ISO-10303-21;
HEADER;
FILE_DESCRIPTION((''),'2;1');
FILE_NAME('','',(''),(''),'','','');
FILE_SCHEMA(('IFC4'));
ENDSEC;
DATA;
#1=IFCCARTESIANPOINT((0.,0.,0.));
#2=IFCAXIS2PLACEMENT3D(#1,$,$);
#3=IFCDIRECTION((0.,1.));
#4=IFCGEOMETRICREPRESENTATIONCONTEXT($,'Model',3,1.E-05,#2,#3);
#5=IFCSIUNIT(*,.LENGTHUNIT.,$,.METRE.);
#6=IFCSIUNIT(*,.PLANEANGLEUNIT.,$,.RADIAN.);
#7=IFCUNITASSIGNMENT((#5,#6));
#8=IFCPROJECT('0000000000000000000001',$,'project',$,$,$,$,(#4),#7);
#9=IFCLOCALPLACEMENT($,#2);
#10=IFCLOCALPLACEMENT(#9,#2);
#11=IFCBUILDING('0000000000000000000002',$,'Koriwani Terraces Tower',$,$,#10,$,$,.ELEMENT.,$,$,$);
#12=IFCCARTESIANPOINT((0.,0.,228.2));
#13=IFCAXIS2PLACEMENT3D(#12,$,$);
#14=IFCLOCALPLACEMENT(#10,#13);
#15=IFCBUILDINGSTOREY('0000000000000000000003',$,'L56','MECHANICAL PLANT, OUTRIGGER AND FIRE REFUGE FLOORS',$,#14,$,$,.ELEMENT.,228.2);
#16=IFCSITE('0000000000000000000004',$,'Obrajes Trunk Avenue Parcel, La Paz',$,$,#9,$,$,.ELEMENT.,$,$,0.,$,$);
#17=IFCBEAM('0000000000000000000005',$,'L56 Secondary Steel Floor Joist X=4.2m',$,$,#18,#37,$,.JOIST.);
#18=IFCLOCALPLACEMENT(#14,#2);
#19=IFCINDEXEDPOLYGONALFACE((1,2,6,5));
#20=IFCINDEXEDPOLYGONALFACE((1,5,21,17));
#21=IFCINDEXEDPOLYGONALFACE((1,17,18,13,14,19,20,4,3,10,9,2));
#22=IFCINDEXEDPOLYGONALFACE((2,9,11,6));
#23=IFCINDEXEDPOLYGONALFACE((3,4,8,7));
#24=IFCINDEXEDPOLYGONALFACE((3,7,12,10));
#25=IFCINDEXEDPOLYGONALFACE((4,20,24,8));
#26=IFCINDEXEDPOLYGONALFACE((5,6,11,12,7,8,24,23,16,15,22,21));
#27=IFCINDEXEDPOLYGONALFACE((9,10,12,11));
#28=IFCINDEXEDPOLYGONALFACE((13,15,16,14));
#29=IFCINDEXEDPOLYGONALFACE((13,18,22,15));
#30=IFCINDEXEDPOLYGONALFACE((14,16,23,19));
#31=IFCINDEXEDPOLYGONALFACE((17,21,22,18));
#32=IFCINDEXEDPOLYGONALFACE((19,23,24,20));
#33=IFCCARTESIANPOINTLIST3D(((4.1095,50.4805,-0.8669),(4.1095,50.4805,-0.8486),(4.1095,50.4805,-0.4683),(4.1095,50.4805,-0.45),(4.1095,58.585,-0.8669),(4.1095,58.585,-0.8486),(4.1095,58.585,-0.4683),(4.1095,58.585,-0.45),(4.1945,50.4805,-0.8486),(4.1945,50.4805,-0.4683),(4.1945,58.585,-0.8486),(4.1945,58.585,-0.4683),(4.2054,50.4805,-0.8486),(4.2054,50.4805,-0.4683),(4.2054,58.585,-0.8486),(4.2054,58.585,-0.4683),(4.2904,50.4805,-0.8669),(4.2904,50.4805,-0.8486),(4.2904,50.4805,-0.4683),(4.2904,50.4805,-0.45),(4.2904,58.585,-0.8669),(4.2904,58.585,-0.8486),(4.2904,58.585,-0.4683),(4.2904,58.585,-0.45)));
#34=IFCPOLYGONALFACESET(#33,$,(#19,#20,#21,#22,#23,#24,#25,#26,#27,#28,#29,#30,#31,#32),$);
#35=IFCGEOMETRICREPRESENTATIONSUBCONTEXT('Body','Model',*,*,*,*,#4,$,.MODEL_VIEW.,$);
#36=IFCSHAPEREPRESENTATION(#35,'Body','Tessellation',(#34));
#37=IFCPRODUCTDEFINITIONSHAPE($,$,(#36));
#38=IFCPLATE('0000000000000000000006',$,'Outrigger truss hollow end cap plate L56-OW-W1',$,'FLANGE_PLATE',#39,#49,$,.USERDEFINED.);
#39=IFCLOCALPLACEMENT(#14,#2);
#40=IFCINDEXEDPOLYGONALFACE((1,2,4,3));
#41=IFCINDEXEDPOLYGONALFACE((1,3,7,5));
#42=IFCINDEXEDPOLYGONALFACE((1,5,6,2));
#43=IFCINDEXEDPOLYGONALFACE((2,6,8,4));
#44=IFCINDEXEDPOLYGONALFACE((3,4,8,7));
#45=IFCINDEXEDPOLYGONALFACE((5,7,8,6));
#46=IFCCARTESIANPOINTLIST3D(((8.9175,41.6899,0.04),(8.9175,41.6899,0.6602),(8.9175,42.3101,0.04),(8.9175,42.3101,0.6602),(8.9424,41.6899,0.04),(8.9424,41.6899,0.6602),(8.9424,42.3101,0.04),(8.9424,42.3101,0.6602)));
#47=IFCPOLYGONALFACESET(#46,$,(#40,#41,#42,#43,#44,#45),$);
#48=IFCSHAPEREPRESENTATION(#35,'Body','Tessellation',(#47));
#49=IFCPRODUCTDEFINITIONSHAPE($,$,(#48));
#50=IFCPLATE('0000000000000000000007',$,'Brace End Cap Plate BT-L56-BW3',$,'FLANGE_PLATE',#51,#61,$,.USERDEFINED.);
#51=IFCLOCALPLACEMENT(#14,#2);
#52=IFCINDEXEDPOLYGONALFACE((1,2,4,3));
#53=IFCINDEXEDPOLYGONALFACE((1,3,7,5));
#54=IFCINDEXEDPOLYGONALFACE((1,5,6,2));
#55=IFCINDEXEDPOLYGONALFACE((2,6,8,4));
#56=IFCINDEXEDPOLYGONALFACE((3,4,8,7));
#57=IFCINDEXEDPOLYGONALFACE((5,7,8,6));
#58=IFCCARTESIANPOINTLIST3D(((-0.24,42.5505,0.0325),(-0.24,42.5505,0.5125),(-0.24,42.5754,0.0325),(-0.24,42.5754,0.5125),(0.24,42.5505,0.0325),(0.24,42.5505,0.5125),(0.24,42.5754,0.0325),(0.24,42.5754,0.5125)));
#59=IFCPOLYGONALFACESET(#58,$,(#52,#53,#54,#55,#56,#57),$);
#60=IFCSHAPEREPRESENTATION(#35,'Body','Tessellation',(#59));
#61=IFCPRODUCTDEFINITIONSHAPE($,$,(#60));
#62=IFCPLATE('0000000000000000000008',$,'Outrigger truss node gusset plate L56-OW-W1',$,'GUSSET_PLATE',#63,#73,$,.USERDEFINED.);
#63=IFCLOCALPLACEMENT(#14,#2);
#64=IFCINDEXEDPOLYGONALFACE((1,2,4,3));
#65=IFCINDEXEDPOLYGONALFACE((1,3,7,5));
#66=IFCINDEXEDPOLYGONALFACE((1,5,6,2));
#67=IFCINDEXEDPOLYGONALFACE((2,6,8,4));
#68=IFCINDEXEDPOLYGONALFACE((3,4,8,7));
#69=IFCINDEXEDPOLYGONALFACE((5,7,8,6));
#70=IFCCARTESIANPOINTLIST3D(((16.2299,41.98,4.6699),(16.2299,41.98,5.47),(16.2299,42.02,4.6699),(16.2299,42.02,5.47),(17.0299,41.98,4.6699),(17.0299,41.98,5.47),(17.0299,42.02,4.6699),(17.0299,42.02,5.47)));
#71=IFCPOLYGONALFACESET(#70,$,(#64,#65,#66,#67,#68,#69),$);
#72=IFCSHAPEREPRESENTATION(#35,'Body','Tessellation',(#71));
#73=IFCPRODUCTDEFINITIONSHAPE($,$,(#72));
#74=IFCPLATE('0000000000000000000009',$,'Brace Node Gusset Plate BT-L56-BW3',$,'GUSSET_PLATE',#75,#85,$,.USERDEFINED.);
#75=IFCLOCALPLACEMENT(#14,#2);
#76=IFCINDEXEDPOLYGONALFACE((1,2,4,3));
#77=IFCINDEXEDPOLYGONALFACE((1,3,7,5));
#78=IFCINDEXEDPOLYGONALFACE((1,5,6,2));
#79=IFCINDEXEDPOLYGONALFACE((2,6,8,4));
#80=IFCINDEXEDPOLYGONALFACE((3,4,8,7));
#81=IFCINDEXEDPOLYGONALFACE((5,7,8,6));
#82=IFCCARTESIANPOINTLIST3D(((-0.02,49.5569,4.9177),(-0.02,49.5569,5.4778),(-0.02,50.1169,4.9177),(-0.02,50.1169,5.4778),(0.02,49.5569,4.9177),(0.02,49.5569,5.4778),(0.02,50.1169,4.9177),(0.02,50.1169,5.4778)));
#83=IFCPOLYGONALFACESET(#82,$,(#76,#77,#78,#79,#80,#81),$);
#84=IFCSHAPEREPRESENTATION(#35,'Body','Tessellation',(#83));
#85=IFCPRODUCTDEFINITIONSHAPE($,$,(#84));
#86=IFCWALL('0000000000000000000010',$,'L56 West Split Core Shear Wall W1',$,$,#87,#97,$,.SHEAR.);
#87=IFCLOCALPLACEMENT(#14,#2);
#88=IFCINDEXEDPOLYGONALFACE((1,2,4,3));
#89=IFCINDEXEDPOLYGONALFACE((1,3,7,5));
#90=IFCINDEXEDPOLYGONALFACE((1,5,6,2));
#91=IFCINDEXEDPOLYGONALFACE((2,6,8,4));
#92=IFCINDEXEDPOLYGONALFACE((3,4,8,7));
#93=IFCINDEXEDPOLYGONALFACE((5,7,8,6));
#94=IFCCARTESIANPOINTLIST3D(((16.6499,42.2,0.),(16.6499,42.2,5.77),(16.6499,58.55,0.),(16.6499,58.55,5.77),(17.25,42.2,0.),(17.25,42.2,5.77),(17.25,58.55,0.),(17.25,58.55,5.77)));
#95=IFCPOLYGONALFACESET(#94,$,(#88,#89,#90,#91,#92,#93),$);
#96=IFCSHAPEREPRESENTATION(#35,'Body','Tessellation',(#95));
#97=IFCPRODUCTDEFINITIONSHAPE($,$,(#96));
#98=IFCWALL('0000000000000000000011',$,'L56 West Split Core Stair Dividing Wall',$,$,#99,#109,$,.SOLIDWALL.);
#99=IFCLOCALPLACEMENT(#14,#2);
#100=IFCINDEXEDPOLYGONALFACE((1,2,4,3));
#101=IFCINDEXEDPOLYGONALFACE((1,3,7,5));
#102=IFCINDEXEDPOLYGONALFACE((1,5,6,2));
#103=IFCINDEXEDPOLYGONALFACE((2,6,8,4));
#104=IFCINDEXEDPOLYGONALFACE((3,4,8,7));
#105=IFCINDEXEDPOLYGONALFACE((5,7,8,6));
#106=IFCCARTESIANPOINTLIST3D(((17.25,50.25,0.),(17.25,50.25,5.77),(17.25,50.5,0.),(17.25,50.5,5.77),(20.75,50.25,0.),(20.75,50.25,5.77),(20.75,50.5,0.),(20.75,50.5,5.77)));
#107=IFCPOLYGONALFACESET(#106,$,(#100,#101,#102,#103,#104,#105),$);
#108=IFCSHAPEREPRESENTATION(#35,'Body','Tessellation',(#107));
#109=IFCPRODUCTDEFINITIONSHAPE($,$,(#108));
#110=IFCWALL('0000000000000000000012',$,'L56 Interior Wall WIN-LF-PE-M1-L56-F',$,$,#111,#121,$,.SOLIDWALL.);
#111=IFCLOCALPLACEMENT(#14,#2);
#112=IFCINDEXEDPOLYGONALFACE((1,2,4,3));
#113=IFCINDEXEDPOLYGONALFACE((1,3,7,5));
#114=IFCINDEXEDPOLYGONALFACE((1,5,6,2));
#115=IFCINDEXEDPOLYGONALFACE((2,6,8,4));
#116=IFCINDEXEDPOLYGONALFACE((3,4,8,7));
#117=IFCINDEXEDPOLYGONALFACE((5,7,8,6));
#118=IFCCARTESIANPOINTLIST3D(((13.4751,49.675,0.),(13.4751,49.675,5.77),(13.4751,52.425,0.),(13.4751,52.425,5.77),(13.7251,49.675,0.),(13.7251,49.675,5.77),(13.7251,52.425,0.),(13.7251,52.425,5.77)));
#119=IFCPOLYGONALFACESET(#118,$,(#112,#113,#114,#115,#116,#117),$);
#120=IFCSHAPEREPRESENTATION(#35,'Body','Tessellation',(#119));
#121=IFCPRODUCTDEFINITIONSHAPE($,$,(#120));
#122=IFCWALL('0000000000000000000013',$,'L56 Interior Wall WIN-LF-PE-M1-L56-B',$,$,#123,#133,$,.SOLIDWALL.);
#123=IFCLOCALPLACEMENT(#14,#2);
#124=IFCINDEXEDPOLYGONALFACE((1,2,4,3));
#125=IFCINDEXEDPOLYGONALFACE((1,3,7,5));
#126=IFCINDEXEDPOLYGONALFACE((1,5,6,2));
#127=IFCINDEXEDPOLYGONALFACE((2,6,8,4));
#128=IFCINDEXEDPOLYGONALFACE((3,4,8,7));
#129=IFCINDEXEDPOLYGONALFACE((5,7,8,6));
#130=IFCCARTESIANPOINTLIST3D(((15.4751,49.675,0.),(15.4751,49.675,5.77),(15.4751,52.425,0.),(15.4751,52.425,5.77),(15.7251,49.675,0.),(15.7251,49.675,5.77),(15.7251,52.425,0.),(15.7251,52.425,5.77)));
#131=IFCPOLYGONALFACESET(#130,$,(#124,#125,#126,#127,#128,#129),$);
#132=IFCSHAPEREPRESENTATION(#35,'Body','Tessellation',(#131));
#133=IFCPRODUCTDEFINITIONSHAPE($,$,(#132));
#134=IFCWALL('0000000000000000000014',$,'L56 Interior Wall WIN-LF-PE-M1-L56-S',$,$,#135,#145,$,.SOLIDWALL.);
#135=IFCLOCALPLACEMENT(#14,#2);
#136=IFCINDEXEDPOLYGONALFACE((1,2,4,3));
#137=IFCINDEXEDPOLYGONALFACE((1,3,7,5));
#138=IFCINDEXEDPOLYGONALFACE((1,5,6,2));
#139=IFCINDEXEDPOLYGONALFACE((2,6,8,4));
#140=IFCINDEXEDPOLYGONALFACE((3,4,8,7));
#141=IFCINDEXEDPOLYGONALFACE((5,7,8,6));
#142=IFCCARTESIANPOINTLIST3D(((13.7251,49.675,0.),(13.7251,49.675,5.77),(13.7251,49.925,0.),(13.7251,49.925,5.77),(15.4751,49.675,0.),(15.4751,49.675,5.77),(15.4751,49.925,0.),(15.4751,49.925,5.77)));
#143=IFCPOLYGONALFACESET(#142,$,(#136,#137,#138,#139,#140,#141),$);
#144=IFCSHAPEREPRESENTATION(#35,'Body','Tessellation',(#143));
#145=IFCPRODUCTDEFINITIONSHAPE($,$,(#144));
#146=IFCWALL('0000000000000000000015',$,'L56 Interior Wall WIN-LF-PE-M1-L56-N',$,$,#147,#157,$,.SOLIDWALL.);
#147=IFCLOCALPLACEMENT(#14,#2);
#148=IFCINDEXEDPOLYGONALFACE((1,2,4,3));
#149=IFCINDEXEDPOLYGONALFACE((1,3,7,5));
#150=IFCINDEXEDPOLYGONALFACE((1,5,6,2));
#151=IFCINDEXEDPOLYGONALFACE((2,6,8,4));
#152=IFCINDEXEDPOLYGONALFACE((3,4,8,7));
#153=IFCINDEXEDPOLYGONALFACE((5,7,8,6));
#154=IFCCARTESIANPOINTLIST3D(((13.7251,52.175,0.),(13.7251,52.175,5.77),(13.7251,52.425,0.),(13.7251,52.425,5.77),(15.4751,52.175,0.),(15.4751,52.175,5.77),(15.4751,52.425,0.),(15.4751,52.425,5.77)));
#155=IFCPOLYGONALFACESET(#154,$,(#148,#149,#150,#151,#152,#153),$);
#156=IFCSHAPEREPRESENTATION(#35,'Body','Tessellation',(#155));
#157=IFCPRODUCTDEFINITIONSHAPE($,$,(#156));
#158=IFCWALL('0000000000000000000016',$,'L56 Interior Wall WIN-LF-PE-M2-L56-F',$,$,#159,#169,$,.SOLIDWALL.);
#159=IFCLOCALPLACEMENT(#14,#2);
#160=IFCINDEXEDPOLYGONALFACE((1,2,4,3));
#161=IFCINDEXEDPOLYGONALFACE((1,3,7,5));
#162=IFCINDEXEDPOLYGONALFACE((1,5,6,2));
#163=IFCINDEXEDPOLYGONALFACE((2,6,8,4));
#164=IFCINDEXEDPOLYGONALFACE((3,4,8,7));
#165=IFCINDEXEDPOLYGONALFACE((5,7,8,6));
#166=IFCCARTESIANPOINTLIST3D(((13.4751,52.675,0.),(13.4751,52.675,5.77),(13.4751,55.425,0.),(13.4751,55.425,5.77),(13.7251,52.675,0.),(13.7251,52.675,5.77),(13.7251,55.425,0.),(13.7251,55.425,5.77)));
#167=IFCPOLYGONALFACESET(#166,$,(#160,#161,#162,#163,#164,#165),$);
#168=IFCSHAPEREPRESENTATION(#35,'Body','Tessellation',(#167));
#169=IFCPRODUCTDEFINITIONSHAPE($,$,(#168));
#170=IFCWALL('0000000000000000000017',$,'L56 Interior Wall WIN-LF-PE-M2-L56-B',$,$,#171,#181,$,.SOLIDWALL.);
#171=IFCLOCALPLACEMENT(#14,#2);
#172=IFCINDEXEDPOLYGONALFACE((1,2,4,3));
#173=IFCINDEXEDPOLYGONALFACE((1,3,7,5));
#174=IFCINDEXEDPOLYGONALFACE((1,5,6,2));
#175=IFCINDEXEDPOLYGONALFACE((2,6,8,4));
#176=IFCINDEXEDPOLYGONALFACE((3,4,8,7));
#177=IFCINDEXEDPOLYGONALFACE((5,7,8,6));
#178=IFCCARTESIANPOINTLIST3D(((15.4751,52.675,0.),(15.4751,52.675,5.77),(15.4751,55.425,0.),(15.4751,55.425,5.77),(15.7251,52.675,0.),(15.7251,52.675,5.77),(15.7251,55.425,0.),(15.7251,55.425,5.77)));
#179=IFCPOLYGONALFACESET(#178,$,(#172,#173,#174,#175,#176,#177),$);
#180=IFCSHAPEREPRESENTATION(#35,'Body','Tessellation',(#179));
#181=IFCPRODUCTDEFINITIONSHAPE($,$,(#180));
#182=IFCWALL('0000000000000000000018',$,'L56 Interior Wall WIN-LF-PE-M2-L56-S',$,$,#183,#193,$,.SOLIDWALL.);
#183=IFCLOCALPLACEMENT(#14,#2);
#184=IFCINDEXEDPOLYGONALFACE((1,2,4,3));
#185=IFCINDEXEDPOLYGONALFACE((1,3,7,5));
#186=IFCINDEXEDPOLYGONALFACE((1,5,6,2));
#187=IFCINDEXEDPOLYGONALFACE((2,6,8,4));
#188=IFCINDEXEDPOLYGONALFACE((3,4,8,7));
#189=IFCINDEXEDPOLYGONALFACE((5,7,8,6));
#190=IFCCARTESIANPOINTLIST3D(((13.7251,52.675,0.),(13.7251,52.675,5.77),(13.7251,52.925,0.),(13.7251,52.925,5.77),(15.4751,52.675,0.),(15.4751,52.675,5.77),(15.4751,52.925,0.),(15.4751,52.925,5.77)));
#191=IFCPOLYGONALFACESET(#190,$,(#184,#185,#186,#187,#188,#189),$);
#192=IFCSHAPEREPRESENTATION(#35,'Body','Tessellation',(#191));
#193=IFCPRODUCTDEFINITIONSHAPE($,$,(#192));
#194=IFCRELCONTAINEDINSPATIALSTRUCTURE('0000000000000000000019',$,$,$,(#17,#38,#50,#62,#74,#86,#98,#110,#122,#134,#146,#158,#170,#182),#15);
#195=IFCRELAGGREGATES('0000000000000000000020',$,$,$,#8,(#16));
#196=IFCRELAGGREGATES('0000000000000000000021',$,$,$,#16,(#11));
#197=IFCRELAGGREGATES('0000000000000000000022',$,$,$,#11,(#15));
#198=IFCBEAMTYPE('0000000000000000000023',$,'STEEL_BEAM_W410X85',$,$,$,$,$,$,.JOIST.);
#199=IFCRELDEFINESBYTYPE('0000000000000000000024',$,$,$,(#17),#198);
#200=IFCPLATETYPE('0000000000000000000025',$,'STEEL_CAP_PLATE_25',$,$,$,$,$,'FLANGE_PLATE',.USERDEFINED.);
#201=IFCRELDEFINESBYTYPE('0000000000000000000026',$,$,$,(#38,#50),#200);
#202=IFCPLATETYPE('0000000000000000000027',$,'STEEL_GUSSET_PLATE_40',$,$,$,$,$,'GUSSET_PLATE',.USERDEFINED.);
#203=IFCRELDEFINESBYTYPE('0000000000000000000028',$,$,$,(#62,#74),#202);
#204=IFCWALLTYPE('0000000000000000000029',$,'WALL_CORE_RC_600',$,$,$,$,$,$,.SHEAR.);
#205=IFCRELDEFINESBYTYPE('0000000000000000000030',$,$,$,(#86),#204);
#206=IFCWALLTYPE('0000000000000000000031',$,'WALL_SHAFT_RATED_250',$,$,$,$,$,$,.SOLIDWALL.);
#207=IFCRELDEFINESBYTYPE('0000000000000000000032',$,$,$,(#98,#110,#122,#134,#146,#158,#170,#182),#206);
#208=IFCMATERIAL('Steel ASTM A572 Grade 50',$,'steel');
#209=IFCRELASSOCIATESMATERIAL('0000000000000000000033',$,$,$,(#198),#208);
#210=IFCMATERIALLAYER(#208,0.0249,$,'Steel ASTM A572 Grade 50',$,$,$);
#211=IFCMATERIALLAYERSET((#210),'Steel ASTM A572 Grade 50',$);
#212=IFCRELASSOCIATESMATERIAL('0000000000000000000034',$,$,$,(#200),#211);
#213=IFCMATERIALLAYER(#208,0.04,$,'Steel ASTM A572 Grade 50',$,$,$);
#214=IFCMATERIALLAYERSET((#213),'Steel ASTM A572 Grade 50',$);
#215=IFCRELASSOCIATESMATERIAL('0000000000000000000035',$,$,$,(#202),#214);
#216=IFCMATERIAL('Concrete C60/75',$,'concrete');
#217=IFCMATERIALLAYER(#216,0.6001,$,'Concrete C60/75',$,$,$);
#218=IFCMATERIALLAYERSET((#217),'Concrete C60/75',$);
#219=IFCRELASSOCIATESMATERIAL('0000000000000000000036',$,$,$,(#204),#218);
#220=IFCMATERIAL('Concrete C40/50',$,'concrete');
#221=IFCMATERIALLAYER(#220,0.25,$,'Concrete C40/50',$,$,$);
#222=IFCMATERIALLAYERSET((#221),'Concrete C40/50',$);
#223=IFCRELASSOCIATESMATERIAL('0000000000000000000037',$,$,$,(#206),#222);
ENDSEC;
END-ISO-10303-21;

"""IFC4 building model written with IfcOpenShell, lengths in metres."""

from ifc_helpers import new_model, si_unit, direction, frame, frame_2d, origin, origin_2d, place, context, subcontext, project, spatial, rectangle, i_section, extrude, material, layer, layer_set, material_profile, profile_set, type_object, element, save


model = new_model("IFC4")

# Units and contexts
model_context = context("Model", 3, precision=1e-05, world=origin(), true_north=direction((0.0, 1.0)))
body_context = subcontext(model_context, "Body", "Model", "MODEL_VIEW")
ifc_project = project(units=[si_unit("LENGTHUNIT", "METRE"), si_unit("PLANEANGLEUNIT", "RADIAN")], contexts=[model_context])

# Site, building, storey
site_placement = place(None, origin())
site = spatial("IfcSite", under=ifc_project, at=site_placement, Name="Obrajes Trunk Avenue Parcel, La Paz", CompositionType="ELEMENT", RefElevation=0.0)
building_placement = place(site_placement, origin())
building = spatial("IfcBuilding", under=site, at=building_placement, Name="Koriwani Terraces Tower", CompositionType="ELEMENT")
storey_placement = place(building_placement, frame((0.0, 0.0, 228.2)))
storey = spatial("IfcBuildingStorey", under=building, at=storey_placement, Name="L56", Description="MECHANICAL PLANT, OUTRIGGER AND FIRE REFUGE FLOORS", CompositionType="ELEMENT", Elevation=228.2)

# Shared definitions
ifc_material_1 = material(Name="Concrete C40/50", Category="concrete")

# Shared definitions
ifc_material_2 = material(Name="Steel ASTM A572 Grade 50", Category="steel")

# Beam
ifc_material_profile_1 = material_profile(ifc_material_2, i_section(OverallWidth=0.1809, OverallDepth=0.417, WebThickness=0.011, FlangeThickness=0.0183, at=origin_2d()), Name="Steel ASTM A572 Grade 50", Category="LoadBearing")
ifc_profile_set_1 = profile_set([ifc_material_profile_1], Name="Steel ASTM A572 Grade 50")
beam_type_1 = type_object("IfcBeamType", Name="STEEL_BEAM_W410X85", PredefinedType="JOIST", material=ifc_profile_set_1)
beam_1_placement = place(storey_placement, frame((4.2, 50.4805, -0.6584), z_axis=(0.0, 1.0, 0.0), x_axis=(-1.0, 0.0, 0.0)))
element("IfcBeam", 1, at=beam_1_placement, inside=storey, type_object=beam_type_1, Name="L56 Secondary Steel Floor Joist X=4.2m", PredefinedType="JOIST", context=body_context, shape_type="SweptSolid", body=[
    extrude(i_section(OverallWidth=0.1809, OverallDepth=0.417, WebThickness=0.011, FlangeThickness=0.0183, at=origin_2d()), origin(), (0.0, 0.0, 1.0), 8.1045),
])

# Plates
ifc_layer_1 = layer(ifc_material_2, 0.0249, Name="Steel ASTM A572 Grade 50")
ifc_layer_set_1 = layer_set([ifc_layer_1], Name="Steel ASTM A572 Grade 50")
plate_type_1 = type_object("IfcPlateType", Name="STEEL_CAP_PLATE_25", ElementType="FLANGE_PLATE", PredefinedType="USERDEFINED", material=ifc_layer_set_1)
plate_1_placement = place(storey_placement, frame((8.9299, 42.0, 0.04), z_axis=(0.0, 0.0, 1.0), x_axis=(1.0, 0.0, 0.0)))
element("IfcPlate", 2, at=plate_1_placement, inside=storey, type_object=plate_type_1, Name="Outrigger truss hollow end cap plate L56-OW-W1", ObjectType="FLANGE_PLATE", PredefinedType="USERDEFINED", context=body_context, shape_type="SweptSolid", body=[
    extrude(rectangle(XDim=0.0249, YDim=0.6201, at=origin_2d()), origin(), (0.0, 0.0, 1.0), 0.6201),
])
plate_2_placement = place(storey_placement, frame((0.0, 42.563, 0.0325), z_axis=(0.0, 0.0, 1.0), x_axis=(0.0, 1.0, 0.0)))
element("IfcPlate", 3, at=plate_2_placement, inside=storey, type_object=plate_type_1, Name="Brace End Cap Plate BT-L56-BW3", ObjectType="FLANGE_PLATE", PredefinedType="USERDEFINED", context=body_context, shape_type="SweptSolid", body=[
    extrude(rectangle(XDim=0.0249, YDim=0.48, at=origin_2d()), origin(), (0.0, 0.0, 1.0), 0.48),
])
ifc_layer_2 = layer(ifc_material_2, 0.04, Name="Steel ASTM A572 Grade 50")
ifc_layer_set_2 = layer_set([ifc_layer_2], Name="Steel ASTM A572 Grade 50")
plate_type_2 = type_object("IfcPlateType", Name="STEEL_GUSSET_PLATE_40", ElementType="GUSSET_PLATE", PredefinedType="USERDEFINED", material=ifc_layer_set_2)
plate_3_placement = place(storey_placement, frame((16.6299, 42.0, 4.6699), z_axis=(0.0, 0.0, 1.0), x_axis=(1.0, 0.0, 0.0)))
element("IfcPlate", 4, at=plate_3_placement, inside=storey, type_object=plate_type_2, Name="Outrigger truss node gusset plate L56-OW-W1", ObjectType="GUSSET_PLATE", PredefinedType="USERDEFINED", context=body_context, shape_type="SweptSolid", body=[
    extrude(rectangle(XDim=0.8, YDim=0.04, at=origin_2d()), origin(), (0.0, 0.0, 1.0), 0.8),
])
plate_4_placement = place(storey_placement, frame((0.0, 49.8369, 4.9177), z_axis=(0.0, 0.0, 1.0), x_axis=(0.0, 1.0, 0.0)))
element("IfcPlate", 5, at=plate_4_placement, inside=storey, type_object=plate_type_2, Name="Brace Node Gusset Plate BT-L56-BW3", ObjectType="GUSSET_PLATE", PredefinedType="USERDEFINED", context=body_context, shape_type="SweptSolid", body=[
    extrude(rectangle(XDim=0.5601, YDim=0.04, at=origin_2d()), origin(), (0.0, 0.0, 1.0), 0.5601),
])

# Walls
ifc_material_3 = material(Name="Concrete C60/75", Category="concrete")
ifc_layer_3 = layer(ifc_material_3, 0.6001, Name="Concrete C60/75")
ifc_layer_set_3 = layer_set([ifc_layer_3], Name="Concrete C60/75")
wall_type_1 = type_object("IfcWallType", Name="WALL_CORE_RC_600", PredefinedType="SHEAR", material=ifc_layer_set_3)
wall_1_placement = place(storey_placement, frame((16.95, 42.2, 0.0), z_axis=(0.0, 0.0, 1.0), x_axis=(0.0, 1.0, 0.0)))
element("IfcWall", 6, at=wall_1_placement, inside=storey, type_object=wall_type_1, Name="L56 West Split Core Shear Wall W1", PredefinedType="SHEAR", context=body_context, shape_type="SweptSolid", body=[
    extrude(rectangle(XDim=16.3501, YDim=0.6001, at=frame_2d((8.175, 0.0))), origin(), (0.0, 0.0, 1.0), 5.77),
])
ifc_layer_4 = layer(ifc_material_1, 0.25, Name="Concrete C40/50")
ifc_layer_set_4 = layer_set([ifc_layer_4], Name="Concrete C40/50")
wall_type_2 = type_object("IfcWallType", Name="WALL_SHAFT_RATED_250", PredefinedType="SOLIDWALL", material=ifc_layer_set_4)
wall_2_placement = place(storey_placement, frame((17.25, 50.375, 0.0), z_axis=(0.0, 0.0, 1.0), x_axis=(1.0, 0.0, 0.0)))
element("IfcWall", 7, at=wall_2_placement, inside=storey, type_object=wall_type_2, Name="L56 West Split Core Stair Dividing Wall", PredefinedType="SOLIDWALL", context=body_context, shape_type="SweptSolid", body=[
    extrude(rectangle(XDim=3.5, YDim=0.25, at=frame_2d((1.75, 0.0))), origin(), (0.0, 0.0, 1.0), 5.77),
])
for number, where, z_axis, x_axis, name in (
    (8, (13.6001, 49.675, 0.0), (0.0, 0.0, 1.0), (0.0, 1.0, 0.0), "L56 Interior Wall WIN-LF-PE-M1-L56-F"),
    (9, (15.6001, 49.675, 0.0), (0.0, 0.0, 1.0), (0.0, 1.0, 0.0), "L56 Interior Wall WIN-LF-PE-M1-L56-B"),
):
    element("IfcWall", number, at=place(storey_placement, frame(where, z_axis=z_axis, x_axis=x_axis)), inside=storey, type_object=wall_type_2, Name=name, PredefinedType="SOLIDWALL", context=body_context, shape_type="SweptSolid", body=[
        extrude(rectangle(XDim=2.75, YDim=0.25, at=frame_2d((1.375, 0.0))), origin(), (0.0, 0.0, 1.0), 5.77),
    ])
for number, where, z_axis, x_axis, name in (
    (10, (13.7251, 49.8, 0.0), (0.0, 0.0, 1.0), (1.0, 0.0, 0.0), "L56 Interior Wall WIN-LF-PE-M1-L56-S"),
    (11, (13.7251, 52.3, 0.0), (0.0, 0.0, 1.0), (1.0, 0.0, 0.0), "L56 Interior Wall WIN-LF-PE-M1-L56-N"),
):
    element("IfcWall", number, at=place(storey_placement, frame(where, z_axis=z_axis, x_axis=x_axis)), inside=storey, type_object=wall_type_2, Name=name, PredefinedType="SOLIDWALL", context=body_context, shape_type="SweptSolid", body=[
        extrude(rectangle(XDim=1.75, YDim=0.25, at=frame_2d((0.875, 0.0))), origin(), (0.0, 0.0, 1.0), 5.77),
    ])
for number, where, z_axis, x_axis, name in (
    (12, (13.6001, 52.675, 0.0), (0.0, 0.0, 1.0), (0.0, 1.0, 0.0), "L56 Interior Wall WIN-LF-PE-M2-L56-F"),
    (13, (15.6001, 52.675, 0.0), (0.0, 0.0, 1.0), (0.0, 1.0, 0.0), "L56 Interior Wall WIN-LF-PE-M2-L56-B"),
):
    element("IfcWall", number, at=place(storey_placement, frame(where, z_axis=z_axis, x_axis=x_axis)), inside=storey, type_object=wall_type_2, Name=name, PredefinedType="SOLIDWALL", context=body_context, shape_type="SweptSolid", body=[
        extrude(rectangle(XDim=2.75, YDim=0.25, at=frame_2d((1.375, 0.0))), origin(), (0.0, 0.0, 1.0), 5.77),
    ])
wall_3_placement = place(storey_placement, frame((13.7251, 52.8, 0.0), z_axis=(0.0, 0.0, 1.0), x_axis=(1.0, 0.0, 0.0)))
element("IfcWall", 14, at=wall_3_placement, inside=storey, type_object=wall_type_2, Name="L56 Interior Wall WIN-LF-PE-M2-L56-S", PredefinedType="SOLIDWALL", context=body_context, shape_type="SweptSolid", body=[
    extrude(rectangle(XDim=1.75, YDim=0.25, at=frame_2d((0.875, 0.0))), origin(), (0.0, 0.0, 1.0), 5.77),
])

save(model, "model.ifc")
